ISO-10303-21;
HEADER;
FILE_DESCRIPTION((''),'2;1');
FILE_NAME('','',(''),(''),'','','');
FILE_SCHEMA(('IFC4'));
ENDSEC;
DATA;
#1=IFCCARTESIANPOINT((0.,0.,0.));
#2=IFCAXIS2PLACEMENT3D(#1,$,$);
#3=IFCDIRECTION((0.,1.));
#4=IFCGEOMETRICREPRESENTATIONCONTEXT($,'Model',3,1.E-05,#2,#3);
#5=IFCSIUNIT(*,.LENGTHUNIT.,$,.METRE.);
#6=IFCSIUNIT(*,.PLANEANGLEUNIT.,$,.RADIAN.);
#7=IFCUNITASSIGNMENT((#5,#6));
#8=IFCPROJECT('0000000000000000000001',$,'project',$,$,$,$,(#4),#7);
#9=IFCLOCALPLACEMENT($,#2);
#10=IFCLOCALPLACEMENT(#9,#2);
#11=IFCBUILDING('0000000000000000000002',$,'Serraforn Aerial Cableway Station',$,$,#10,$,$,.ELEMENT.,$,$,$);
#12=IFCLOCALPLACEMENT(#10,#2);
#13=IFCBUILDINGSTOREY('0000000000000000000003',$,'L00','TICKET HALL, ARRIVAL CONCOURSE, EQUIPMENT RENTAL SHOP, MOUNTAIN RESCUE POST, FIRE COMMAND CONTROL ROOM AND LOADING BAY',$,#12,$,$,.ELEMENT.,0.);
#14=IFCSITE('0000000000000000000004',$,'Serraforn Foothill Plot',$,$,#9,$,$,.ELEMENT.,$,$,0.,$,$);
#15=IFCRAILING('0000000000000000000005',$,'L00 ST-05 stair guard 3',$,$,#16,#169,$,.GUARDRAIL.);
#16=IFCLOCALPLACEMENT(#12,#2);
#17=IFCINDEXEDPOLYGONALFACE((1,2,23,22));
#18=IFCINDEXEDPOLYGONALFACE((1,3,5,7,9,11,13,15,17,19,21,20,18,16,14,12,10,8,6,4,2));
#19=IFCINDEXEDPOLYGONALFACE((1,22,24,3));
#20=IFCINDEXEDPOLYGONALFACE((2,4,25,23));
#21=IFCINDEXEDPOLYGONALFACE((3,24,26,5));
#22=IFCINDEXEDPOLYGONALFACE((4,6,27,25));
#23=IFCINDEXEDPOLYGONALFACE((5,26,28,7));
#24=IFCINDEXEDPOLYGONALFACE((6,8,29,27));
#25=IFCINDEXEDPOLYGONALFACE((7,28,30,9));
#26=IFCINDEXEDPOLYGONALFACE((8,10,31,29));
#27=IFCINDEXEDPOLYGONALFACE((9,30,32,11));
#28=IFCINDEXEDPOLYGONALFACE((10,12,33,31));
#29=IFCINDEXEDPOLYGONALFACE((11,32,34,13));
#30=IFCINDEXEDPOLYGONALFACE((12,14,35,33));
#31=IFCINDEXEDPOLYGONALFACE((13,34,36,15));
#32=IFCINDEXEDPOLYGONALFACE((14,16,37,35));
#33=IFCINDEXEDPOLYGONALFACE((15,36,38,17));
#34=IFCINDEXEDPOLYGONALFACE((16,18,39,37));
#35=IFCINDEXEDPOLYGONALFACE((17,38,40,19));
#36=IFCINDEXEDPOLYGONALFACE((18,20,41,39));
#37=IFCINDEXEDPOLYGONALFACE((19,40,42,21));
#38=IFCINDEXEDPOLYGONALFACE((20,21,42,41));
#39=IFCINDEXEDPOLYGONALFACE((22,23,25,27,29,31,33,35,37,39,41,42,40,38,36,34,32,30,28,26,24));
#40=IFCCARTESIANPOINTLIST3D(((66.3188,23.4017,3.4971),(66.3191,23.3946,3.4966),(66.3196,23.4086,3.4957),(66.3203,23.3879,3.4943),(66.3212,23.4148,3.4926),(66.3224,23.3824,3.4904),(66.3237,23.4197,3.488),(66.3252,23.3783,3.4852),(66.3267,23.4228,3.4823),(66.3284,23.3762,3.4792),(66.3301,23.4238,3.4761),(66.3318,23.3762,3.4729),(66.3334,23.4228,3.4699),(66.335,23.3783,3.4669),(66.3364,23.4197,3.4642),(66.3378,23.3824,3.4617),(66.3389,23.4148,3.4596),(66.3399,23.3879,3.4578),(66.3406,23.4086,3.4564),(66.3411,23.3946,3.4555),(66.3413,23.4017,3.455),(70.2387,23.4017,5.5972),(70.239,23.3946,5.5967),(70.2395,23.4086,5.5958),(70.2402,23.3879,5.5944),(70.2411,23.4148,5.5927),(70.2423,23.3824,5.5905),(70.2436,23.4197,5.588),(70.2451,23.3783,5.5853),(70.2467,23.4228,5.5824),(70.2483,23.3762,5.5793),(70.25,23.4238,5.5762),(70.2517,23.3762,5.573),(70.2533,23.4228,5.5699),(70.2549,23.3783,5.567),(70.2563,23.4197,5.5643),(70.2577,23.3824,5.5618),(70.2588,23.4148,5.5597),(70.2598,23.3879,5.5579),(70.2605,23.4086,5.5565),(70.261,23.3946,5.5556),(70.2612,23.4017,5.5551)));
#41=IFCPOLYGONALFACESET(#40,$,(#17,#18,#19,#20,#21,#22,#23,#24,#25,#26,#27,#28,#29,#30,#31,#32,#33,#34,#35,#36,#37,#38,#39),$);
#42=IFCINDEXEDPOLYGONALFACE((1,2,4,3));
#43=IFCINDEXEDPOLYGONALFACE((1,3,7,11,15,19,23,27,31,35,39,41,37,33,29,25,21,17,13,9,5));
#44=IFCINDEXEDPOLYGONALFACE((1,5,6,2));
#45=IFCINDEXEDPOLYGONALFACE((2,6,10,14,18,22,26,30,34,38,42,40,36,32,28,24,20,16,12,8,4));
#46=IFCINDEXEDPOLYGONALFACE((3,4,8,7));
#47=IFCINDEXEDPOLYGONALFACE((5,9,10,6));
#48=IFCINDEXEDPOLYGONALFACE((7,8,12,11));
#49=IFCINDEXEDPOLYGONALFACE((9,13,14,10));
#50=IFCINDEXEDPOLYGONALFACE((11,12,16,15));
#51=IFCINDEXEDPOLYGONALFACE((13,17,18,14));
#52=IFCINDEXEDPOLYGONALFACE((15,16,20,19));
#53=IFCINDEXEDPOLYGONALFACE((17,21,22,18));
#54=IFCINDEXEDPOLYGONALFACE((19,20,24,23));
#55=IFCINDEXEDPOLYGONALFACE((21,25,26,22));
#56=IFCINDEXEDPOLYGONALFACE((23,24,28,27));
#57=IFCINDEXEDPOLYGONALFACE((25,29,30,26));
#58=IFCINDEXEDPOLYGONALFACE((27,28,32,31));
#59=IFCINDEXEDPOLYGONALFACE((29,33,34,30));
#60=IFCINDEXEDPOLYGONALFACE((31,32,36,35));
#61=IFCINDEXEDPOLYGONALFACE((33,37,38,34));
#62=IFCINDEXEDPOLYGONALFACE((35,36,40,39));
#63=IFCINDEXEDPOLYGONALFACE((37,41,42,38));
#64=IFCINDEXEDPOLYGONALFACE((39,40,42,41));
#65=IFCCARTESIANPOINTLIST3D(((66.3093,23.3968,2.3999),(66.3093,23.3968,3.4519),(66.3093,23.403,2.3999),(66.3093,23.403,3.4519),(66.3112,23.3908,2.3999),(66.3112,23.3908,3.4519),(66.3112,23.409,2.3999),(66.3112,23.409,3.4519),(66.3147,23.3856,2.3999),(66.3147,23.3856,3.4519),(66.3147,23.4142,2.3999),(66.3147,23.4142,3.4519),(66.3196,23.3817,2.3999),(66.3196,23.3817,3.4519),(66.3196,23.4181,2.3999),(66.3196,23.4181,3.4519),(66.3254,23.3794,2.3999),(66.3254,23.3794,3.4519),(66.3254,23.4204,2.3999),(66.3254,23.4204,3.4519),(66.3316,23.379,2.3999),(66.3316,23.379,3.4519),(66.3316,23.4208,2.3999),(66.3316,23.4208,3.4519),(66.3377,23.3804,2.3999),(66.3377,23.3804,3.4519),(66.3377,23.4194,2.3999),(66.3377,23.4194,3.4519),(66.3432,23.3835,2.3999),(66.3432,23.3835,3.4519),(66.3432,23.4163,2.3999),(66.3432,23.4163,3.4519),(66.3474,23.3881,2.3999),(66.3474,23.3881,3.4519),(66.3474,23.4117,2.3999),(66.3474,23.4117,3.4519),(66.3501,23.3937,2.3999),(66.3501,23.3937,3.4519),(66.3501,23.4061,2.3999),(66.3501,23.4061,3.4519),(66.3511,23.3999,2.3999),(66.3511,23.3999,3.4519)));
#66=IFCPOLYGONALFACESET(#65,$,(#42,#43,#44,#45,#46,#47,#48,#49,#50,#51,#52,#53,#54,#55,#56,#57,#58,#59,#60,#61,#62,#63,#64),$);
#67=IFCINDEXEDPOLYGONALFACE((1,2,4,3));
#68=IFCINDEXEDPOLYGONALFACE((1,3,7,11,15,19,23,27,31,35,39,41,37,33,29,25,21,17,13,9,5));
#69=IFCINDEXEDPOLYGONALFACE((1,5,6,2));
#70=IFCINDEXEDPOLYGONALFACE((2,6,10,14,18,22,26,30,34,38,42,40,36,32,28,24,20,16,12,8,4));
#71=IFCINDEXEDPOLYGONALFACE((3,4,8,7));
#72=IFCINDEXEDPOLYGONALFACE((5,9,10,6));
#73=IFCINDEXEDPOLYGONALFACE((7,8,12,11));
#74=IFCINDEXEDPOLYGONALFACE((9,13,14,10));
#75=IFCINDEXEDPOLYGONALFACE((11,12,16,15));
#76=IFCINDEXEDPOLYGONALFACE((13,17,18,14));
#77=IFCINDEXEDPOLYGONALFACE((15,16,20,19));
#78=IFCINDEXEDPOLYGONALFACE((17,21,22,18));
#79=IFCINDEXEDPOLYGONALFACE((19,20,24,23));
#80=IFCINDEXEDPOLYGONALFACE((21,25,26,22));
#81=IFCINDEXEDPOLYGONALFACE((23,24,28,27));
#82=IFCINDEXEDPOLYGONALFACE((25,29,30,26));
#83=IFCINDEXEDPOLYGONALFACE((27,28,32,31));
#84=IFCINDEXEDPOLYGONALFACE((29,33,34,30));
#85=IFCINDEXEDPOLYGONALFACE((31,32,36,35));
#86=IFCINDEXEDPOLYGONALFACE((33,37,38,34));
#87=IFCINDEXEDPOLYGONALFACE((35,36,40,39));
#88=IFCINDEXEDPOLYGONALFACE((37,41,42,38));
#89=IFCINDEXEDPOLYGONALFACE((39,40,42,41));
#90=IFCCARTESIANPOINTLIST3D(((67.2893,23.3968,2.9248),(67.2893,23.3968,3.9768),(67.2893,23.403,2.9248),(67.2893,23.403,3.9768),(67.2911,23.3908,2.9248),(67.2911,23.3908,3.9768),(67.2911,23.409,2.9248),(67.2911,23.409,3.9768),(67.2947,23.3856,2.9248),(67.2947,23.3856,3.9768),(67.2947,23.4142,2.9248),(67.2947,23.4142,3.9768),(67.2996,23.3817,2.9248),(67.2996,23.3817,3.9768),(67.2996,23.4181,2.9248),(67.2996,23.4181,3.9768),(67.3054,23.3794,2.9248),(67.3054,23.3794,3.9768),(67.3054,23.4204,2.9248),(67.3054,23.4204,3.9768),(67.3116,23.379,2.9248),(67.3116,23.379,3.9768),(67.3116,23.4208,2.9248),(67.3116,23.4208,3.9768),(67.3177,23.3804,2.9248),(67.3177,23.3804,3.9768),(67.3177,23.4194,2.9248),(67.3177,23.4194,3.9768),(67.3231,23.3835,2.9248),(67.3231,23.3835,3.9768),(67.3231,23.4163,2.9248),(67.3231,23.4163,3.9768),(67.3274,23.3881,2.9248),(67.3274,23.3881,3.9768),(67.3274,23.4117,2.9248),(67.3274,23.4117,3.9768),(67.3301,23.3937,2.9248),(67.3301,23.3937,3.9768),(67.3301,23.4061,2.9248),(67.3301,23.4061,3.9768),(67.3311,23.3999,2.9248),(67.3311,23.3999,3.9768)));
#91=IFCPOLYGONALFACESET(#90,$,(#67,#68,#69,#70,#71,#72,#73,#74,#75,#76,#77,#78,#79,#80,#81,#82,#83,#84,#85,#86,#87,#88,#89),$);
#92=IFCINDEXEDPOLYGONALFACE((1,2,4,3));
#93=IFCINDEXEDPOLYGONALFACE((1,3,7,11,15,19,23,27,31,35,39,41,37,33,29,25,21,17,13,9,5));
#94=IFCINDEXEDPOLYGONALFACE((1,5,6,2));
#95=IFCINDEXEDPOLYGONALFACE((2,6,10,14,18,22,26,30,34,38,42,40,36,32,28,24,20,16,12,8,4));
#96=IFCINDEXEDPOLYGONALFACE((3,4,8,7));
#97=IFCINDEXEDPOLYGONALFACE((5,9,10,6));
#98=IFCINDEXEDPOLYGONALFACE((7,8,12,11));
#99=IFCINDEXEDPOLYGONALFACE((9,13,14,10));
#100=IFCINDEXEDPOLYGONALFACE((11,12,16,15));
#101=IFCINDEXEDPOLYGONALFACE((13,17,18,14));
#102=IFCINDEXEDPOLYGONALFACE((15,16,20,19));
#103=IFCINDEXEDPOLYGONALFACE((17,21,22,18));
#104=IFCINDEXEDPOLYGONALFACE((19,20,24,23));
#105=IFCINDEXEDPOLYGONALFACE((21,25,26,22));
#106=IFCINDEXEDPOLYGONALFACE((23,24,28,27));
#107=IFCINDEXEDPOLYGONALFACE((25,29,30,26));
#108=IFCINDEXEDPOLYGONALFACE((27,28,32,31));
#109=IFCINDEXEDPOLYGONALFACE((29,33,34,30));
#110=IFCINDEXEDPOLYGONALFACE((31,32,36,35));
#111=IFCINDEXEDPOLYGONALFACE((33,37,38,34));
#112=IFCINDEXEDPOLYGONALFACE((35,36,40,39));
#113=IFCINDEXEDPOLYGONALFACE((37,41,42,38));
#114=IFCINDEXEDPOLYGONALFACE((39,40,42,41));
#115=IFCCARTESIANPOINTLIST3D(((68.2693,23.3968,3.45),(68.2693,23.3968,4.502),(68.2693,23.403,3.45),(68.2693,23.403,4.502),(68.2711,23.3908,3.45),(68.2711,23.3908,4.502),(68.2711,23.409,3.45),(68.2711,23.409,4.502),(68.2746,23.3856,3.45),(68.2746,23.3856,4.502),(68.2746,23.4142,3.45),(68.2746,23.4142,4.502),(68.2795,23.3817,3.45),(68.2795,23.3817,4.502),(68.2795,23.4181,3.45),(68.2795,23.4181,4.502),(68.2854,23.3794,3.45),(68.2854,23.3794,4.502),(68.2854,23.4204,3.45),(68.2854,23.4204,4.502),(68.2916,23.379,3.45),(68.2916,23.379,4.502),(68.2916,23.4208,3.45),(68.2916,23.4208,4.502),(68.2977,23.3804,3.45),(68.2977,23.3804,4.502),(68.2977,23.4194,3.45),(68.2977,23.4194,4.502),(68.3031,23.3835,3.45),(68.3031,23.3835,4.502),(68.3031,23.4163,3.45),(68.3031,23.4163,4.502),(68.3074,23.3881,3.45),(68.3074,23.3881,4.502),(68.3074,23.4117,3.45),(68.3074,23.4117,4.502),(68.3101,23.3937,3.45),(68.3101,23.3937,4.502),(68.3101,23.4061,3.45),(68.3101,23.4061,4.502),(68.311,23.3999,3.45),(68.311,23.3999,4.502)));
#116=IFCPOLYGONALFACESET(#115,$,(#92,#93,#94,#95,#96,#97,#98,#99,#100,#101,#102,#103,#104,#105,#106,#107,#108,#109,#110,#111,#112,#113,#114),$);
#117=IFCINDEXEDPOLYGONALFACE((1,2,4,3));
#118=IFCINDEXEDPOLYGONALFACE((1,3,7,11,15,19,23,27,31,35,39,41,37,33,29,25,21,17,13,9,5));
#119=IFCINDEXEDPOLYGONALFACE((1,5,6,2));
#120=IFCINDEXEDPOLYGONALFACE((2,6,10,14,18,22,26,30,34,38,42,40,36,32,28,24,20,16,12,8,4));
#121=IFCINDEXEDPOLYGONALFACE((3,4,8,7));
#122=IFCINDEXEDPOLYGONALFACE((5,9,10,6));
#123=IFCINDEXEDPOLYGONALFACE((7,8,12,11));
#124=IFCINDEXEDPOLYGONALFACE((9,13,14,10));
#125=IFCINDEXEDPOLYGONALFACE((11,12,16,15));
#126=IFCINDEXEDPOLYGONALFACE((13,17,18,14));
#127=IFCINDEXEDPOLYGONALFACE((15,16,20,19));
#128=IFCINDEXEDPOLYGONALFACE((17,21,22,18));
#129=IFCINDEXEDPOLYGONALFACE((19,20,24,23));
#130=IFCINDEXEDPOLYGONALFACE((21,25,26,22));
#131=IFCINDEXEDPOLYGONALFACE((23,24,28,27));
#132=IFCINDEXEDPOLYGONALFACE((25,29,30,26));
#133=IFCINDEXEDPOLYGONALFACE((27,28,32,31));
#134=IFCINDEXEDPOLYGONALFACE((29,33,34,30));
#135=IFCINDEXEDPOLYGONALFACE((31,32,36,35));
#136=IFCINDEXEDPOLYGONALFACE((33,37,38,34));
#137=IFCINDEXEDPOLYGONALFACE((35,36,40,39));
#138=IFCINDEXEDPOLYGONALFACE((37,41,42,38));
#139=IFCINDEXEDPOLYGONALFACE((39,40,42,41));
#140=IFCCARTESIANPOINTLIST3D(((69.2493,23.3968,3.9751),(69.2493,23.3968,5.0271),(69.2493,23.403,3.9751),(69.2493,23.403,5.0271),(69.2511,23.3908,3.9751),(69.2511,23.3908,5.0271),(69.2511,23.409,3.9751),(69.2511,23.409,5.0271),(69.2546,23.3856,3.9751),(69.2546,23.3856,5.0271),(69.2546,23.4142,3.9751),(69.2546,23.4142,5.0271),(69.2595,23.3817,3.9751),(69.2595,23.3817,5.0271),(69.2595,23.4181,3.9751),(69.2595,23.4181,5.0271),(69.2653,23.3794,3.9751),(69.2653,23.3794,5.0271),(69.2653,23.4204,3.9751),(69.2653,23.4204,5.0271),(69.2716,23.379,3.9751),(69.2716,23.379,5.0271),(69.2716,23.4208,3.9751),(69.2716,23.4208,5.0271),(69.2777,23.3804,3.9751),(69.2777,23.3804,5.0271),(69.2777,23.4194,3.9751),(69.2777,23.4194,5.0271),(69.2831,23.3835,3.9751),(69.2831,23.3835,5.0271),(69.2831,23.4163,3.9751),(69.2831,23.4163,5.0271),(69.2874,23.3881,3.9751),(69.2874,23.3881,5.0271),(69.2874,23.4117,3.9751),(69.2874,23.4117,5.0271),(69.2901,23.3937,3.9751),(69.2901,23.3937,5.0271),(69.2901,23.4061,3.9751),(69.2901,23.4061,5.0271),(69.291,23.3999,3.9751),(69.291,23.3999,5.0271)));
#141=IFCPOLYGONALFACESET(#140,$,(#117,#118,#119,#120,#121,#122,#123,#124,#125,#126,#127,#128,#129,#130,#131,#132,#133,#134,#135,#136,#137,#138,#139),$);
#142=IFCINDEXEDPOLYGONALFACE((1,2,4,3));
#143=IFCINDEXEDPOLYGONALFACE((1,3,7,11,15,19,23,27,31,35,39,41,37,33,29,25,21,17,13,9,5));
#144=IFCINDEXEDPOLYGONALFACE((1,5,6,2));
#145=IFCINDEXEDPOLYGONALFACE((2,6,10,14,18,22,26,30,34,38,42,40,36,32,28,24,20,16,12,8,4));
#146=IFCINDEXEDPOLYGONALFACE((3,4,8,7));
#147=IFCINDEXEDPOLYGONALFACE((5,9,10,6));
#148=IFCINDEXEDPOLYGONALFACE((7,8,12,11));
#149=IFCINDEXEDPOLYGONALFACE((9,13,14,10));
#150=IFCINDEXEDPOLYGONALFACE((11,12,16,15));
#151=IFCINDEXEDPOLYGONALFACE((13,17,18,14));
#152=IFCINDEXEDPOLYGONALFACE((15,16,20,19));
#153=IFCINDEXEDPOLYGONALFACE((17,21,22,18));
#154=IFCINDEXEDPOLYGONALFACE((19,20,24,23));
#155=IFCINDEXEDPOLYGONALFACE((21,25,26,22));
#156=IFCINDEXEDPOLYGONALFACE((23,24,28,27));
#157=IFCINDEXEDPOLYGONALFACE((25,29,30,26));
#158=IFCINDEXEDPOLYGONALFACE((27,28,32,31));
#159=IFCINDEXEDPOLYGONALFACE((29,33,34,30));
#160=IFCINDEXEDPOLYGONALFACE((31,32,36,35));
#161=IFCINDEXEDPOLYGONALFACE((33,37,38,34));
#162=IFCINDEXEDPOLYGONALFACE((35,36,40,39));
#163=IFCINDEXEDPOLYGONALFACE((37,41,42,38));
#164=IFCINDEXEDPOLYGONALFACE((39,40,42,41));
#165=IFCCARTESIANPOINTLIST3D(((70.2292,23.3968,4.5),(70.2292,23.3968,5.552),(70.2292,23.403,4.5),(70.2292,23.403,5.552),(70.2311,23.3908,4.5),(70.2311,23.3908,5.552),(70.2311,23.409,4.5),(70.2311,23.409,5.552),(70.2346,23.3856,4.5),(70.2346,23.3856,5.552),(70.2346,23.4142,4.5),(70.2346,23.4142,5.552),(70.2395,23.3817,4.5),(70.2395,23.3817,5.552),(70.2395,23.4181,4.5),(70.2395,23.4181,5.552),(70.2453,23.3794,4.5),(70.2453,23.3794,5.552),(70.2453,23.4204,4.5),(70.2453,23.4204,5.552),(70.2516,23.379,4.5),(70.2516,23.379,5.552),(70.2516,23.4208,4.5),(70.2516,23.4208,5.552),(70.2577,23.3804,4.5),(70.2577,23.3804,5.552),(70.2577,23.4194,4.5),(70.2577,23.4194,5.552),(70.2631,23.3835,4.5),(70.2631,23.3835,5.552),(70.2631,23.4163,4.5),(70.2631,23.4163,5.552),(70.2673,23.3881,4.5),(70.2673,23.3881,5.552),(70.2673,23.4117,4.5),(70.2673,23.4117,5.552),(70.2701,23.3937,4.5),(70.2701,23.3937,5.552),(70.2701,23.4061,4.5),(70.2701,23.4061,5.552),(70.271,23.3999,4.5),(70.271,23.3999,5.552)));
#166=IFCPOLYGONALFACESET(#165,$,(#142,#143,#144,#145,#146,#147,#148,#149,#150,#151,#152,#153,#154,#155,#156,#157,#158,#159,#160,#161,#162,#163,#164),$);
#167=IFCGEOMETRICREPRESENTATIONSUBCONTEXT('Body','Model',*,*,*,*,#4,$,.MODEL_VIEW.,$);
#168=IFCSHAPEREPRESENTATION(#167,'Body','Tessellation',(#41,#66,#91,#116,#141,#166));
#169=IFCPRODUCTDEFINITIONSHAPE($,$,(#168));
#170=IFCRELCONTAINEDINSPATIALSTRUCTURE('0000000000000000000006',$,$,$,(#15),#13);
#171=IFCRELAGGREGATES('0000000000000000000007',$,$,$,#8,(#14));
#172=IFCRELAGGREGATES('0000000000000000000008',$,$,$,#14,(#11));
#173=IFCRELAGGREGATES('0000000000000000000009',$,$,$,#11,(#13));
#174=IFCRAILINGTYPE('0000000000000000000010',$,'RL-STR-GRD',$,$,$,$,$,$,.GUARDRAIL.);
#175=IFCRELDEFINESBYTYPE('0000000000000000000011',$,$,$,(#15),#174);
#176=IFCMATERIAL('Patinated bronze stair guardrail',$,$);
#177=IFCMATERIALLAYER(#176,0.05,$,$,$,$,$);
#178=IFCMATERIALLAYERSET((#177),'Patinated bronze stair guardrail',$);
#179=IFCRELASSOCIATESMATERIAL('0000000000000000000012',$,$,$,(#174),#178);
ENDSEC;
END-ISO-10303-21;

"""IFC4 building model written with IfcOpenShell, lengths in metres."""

from ifc_helpers import new_model, si_unit, direction, frame, origin, origin_2d, place, context, subcontext, project, spatial, circle, extrude, material, layer, layer_set, type_object, element, save


model = new_model("IFC4")

# Units and contexts
model_context = context("Model", 3, precision=1e-05, world=origin(), true_north=direction((0.0, 1.0)))
body_context = subcontext(model_context, "Body", "Model", "MODEL_VIEW")
ifc_project = project(units=[si_unit("LENGTHUNIT", "METRE"), si_unit("PLANEANGLEUNIT", "RADIAN")], contexts=[model_context])

# Site, building, storey
site_placement = place(None, origin())
site = spatial("IfcSite", under=ifc_project, at=site_placement, Name="Serraforn Foothill Plot", CompositionType="ELEMENT", RefElevation=0.0)
building_placement = place(site_placement, origin())
building = spatial("IfcBuilding", under=site, at=building_placement, Name="Serraforn Aerial Cableway Station", CompositionType="ELEMENT")
storey_placement = place(building_placement, origin())
storey = spatial("IfcBuildingStorey", under=building, at=storey_placement, Name="L00", Description="TICKET HALL, ARRIVAL CONCOURSE, EQUIPMENT RENTAL SHOP, MOUNTAIN RESCUE POST, FIRE COMMAND CONTROL ROOM AND LOADING BAY", CompositionType="ELEMENT", Elevation=0.0)

# Railing
ifc_material_1 = material(Name="Patinated bronze stair guardrail")
ifc_layer_1 = layer(ifc_material_1, 0.05)
ifc_layer_set_1 = layer_set([ifc_layer_1], Name="Patinated bronze stair guardrail")
railing_type_1 = type_object("IfcRailingType", Name="RL-STR-GRD", PredefinedType="GUARDRAIL", material=ifc_layer_set_1)
railing_1_placement = place(storey_placement, frame((66.3301, 23.3999, 2.3999)))
element("IfcRailing", 1, at=railing_1_placement, inside=storey, type_object=railing_type_1, Name="L00 ST-05 stair guard 3", PredefinedType="GUARDRAIL", context=body_context, shape_type="SweptSolid", body=[
    extrude(circle(Radius=0.0239, at=origin_2d()), frame((0.0, 0.0, 1.0762), z_axis=(0.881467, 0.0, 0.472246), x_axis=(0.0, 1.0, 0.0)), (0.0, 0.0, 1.0), 4.447),
    extrude(circle(Radius=0.021, at=origin_2d()), origin(), (0.0, 0.0, 1.0), 1.052),
    extrude(circle(Radius=0.021, at=origin_2d()), frame((0.98, 0.0, 0.5249)), (0.0, 0.0, 1.0), 1.052),
    extrude(circle(Radius=0.021, at=origin_2d()), frame((1.96, 0.0, 1.05)), (0.0, 0.0, 1.0), 1.052),
    extrude(circle(Radius=0.021, at=origin_2d()), frame((2.9399, 0.0, 1.5752)), (0.0, 0.0, 1.0), 1.052),
    extrude(circle(Radius=0.021, at=origin_2d()), frame((3.9199, 0.0, 2.1001)), (0.0, 0.0, 1.0), 1.052),
])

save(model, "model.ifc")
